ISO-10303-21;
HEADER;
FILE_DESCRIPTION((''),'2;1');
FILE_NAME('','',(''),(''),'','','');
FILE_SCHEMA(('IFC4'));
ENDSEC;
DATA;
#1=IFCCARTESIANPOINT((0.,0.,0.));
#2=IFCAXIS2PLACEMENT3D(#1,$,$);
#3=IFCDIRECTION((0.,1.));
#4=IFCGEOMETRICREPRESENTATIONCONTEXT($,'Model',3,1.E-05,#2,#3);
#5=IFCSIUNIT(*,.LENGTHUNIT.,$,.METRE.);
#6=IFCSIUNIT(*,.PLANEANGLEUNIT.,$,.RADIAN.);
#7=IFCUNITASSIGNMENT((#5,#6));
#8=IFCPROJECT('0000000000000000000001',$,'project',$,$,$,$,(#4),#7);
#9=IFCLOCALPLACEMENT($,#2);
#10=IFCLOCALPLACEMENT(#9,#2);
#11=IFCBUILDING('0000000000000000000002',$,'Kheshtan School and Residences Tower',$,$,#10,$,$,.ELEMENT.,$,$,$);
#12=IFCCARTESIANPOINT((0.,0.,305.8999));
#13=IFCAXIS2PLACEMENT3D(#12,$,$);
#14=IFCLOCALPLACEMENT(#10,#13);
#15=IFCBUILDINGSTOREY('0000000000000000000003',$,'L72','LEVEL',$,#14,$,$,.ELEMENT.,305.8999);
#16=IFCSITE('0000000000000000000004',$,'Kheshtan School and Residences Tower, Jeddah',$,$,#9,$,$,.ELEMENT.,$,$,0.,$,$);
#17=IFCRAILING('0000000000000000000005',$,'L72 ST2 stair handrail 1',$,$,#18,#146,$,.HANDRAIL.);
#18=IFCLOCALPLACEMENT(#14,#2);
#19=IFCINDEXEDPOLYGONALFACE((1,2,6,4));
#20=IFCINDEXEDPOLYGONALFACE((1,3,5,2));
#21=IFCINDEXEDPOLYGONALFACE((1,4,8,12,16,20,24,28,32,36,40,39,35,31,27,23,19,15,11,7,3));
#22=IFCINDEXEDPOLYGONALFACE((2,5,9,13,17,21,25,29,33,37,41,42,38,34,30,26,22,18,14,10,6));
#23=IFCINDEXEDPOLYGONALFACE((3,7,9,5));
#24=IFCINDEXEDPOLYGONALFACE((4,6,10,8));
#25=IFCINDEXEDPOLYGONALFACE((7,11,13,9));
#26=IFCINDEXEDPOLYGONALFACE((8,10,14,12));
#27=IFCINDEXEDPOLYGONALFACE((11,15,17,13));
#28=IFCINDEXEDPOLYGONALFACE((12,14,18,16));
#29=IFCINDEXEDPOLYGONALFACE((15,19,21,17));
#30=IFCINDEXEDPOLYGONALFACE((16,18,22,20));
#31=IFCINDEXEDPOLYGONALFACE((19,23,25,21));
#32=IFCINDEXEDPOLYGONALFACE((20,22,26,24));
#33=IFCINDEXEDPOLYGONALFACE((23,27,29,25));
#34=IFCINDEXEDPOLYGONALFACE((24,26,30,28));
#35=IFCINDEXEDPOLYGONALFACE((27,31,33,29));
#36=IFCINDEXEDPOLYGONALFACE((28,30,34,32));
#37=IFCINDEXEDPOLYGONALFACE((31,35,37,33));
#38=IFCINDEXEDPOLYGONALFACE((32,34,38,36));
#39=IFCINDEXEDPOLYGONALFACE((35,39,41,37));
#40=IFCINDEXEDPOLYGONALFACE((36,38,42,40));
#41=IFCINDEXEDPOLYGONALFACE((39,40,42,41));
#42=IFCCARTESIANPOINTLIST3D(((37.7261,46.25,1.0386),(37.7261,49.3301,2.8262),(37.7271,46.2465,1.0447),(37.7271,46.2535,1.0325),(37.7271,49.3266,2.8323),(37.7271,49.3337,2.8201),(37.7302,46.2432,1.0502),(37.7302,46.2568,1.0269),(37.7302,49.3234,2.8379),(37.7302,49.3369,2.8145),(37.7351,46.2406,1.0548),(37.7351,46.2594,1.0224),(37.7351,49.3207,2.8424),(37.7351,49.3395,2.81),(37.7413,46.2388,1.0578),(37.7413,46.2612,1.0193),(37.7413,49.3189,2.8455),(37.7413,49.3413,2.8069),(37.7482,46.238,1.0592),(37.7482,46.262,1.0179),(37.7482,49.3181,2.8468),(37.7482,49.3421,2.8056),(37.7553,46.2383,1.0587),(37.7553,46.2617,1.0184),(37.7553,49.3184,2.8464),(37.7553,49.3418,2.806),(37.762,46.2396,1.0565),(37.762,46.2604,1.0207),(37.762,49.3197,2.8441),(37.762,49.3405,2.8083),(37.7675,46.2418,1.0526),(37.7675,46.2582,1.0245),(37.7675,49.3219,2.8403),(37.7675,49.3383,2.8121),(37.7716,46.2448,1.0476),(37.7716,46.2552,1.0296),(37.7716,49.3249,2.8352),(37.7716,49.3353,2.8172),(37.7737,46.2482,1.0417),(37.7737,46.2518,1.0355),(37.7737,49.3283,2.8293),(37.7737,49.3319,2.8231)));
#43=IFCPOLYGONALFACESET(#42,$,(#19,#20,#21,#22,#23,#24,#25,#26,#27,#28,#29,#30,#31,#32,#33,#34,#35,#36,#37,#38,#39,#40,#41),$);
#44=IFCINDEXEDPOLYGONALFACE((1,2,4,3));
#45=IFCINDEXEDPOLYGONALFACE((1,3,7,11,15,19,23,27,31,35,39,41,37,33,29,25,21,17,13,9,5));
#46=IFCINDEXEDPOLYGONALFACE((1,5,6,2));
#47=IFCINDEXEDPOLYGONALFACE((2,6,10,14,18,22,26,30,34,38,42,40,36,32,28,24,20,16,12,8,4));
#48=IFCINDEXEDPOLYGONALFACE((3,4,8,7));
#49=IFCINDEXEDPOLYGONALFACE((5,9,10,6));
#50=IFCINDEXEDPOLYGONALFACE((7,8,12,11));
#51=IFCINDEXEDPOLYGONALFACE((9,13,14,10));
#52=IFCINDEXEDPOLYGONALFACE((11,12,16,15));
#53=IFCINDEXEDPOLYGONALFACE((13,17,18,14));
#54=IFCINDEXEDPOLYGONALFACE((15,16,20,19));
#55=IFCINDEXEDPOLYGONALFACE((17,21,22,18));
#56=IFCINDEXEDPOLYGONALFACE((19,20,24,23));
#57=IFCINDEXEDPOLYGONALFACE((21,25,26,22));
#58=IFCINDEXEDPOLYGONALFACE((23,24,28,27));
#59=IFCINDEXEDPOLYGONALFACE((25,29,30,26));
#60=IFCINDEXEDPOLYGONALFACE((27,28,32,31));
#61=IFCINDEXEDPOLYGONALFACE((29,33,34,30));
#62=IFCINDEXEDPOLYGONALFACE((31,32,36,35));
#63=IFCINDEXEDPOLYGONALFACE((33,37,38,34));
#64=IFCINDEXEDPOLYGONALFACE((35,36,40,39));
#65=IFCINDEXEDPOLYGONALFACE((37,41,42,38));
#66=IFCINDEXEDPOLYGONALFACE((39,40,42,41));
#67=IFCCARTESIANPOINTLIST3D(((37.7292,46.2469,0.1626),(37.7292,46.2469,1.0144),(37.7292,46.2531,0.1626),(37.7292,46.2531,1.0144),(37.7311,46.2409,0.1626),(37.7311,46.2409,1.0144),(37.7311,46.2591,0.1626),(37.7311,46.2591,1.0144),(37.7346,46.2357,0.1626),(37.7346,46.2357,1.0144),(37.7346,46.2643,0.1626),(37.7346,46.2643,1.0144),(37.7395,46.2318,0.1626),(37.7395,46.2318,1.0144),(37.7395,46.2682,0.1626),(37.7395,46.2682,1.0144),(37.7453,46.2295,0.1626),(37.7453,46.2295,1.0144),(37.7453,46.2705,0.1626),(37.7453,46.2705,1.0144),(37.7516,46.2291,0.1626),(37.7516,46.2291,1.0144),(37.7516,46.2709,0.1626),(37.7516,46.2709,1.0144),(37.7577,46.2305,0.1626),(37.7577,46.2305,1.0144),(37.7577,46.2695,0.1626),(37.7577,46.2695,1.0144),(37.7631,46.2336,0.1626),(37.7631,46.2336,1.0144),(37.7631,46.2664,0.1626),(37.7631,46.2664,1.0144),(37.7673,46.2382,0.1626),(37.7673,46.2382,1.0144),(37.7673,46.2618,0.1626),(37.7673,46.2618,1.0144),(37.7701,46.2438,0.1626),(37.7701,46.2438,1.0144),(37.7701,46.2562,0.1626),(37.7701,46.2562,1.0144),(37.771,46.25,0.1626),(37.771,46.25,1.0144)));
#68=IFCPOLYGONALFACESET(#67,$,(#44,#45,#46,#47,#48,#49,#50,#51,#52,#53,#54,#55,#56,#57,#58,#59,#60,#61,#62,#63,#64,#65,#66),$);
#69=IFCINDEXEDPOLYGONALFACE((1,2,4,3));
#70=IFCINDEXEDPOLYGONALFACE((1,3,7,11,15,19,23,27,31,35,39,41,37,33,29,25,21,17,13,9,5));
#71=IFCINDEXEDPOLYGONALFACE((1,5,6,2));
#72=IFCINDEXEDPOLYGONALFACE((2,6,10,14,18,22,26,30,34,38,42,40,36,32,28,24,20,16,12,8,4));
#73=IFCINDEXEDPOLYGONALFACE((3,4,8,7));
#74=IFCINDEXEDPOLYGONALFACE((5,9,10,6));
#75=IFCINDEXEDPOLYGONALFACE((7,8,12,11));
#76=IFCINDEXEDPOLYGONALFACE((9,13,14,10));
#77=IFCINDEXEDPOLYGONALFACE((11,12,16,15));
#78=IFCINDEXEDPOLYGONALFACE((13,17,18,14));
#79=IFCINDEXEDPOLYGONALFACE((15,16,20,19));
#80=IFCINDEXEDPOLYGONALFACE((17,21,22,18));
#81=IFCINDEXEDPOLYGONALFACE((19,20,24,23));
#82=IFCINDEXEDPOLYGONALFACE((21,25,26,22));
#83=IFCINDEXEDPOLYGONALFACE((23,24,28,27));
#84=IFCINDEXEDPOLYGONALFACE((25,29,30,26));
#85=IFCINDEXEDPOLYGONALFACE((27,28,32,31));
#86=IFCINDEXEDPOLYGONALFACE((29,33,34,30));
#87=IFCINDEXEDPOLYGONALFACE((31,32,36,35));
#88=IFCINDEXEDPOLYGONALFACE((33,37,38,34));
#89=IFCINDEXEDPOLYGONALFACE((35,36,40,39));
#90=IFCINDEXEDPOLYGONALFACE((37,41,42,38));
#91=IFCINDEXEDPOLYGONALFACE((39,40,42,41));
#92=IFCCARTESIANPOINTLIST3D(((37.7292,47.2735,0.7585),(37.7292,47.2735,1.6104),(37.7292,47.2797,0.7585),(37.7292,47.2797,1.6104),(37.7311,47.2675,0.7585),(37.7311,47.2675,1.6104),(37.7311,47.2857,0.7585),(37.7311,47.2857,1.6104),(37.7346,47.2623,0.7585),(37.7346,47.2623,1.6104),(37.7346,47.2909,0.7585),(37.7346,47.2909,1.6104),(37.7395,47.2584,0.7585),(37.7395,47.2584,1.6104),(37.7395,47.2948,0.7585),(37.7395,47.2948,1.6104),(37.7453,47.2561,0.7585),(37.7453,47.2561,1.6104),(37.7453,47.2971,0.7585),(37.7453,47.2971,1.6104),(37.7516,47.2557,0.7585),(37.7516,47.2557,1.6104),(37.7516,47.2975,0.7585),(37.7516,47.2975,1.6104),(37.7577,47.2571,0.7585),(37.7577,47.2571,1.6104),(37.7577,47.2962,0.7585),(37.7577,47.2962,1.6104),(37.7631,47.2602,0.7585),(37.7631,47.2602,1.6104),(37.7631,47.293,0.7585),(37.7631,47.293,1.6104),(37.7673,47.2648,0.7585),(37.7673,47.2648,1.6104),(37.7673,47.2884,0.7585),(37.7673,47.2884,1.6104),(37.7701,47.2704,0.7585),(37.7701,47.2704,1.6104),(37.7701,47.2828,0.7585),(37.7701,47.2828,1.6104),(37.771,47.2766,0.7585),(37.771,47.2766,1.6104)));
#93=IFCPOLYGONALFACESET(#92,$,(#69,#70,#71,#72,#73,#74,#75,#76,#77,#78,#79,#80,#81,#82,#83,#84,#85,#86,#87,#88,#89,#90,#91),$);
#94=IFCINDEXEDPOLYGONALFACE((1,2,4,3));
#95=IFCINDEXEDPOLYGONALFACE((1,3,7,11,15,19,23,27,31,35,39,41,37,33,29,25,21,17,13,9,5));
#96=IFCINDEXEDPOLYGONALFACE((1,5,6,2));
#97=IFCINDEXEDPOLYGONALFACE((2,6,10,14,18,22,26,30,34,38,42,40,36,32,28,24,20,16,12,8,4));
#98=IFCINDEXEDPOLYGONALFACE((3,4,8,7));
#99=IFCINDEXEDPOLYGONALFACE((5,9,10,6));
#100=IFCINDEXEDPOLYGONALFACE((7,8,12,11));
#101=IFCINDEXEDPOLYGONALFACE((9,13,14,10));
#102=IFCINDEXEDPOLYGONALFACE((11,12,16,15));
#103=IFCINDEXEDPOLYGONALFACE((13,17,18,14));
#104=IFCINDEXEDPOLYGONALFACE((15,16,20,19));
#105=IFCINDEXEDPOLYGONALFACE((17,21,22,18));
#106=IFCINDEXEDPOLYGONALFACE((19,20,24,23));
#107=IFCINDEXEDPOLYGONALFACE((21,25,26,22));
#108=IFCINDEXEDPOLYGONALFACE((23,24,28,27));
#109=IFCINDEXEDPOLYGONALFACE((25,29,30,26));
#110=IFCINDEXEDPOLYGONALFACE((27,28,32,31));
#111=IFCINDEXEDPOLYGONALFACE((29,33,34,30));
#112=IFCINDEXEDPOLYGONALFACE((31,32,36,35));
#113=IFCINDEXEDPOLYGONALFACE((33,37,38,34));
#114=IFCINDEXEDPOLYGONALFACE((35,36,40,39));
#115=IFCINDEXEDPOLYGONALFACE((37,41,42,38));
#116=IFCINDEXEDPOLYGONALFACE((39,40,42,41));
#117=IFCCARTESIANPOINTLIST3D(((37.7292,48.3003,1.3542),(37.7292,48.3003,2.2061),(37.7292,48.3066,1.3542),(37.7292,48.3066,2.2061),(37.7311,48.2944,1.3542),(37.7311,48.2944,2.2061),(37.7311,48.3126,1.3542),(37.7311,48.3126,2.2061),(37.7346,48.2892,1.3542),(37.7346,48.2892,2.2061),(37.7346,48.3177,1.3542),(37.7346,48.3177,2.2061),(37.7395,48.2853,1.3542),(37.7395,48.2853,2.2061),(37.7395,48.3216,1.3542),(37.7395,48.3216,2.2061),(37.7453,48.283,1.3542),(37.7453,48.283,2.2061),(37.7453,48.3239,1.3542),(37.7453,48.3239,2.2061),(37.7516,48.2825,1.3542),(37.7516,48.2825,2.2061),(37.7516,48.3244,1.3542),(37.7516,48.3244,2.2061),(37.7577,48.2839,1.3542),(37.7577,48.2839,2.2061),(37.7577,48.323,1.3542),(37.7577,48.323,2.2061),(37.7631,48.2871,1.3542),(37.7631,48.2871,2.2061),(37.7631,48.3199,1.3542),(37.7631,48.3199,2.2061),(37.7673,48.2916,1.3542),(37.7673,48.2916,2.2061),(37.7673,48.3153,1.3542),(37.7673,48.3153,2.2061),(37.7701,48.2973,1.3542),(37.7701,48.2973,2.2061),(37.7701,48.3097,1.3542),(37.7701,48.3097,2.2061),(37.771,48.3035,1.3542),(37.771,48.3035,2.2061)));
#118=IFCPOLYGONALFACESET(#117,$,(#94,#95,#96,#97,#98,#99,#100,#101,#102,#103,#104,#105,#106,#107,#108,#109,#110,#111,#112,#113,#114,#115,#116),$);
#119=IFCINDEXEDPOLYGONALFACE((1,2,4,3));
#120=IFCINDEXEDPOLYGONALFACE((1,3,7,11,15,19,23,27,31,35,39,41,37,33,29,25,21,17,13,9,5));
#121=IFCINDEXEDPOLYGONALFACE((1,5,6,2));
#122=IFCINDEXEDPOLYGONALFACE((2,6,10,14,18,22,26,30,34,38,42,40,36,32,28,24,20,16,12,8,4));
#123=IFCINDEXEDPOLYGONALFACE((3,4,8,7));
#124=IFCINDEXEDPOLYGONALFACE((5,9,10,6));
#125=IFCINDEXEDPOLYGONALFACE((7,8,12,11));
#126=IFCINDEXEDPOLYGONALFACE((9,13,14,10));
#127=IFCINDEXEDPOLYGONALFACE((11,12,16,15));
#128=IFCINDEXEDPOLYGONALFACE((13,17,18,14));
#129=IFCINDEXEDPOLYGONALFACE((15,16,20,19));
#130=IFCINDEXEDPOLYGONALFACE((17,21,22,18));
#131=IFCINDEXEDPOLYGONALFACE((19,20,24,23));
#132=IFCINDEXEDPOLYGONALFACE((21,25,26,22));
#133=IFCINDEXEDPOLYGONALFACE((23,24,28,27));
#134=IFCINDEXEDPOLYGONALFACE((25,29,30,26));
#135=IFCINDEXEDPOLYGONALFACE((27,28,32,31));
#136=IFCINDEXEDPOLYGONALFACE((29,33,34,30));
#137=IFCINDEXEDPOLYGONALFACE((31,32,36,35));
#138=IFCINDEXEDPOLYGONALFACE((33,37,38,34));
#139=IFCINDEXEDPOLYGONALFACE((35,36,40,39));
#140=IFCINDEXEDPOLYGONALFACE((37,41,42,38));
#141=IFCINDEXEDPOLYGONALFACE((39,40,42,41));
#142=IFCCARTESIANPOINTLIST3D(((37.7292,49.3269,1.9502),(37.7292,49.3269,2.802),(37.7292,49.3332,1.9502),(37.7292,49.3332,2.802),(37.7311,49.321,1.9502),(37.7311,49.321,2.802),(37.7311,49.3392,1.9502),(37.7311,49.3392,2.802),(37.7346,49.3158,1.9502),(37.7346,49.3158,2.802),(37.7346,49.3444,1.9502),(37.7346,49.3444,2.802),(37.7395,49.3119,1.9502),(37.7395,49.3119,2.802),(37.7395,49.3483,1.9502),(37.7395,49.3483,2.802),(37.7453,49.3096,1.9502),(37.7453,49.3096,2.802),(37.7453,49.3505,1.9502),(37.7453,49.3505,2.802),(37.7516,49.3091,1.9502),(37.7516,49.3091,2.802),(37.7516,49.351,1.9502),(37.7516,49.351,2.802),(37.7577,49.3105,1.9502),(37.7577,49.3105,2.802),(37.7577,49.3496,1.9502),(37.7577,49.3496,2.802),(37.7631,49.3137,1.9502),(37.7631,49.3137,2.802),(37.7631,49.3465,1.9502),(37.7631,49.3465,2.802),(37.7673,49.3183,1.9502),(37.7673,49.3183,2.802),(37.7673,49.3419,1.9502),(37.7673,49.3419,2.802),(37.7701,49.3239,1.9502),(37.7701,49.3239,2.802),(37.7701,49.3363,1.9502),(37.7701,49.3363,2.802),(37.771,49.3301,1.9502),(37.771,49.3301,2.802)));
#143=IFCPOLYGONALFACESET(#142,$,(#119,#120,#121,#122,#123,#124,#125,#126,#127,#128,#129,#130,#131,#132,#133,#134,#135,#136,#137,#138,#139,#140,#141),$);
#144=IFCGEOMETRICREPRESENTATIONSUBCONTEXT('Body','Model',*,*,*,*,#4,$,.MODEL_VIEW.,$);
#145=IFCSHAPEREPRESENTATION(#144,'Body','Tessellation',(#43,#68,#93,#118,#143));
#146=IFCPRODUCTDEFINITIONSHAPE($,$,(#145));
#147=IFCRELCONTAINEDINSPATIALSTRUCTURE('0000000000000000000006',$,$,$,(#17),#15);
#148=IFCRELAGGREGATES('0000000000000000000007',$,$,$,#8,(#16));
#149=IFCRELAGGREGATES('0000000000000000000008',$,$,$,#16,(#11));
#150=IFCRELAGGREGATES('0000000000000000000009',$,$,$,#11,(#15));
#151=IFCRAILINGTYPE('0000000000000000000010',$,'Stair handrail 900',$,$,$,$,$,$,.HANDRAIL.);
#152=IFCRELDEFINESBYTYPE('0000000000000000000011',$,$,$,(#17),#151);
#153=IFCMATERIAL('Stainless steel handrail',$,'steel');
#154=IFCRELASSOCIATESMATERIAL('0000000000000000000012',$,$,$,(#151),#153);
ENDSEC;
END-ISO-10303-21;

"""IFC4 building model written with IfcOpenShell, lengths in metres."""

from ifc_helpers import new_model, si_unit, direction, frame, origin, origin_2d, place, context, subcontext, project, spatial, circle, extrude, material, type_object, element, save


model = new_model("IFC4")

# Units and contexts
model_context = context("Model", 3, precision=1e-05, world=origin(), true_north=direction((0.0, 1.0)))
body_context = subcontext(model_context, "Body", "Model", "MODEL_VIEW")
ifc_project = project(units=[si_unit("LENGTHUNIT", "METRE"), si_unit("PLANEANGLEUNIT", "RADIAN")], contexts=[model_context])

# Site, building, storey
site_placement = place(None, origin())
site = spatial("IfcSite", under=ifc_project, at=site_placement, Name="Kheshtan School and Residences Tower, Jeddah", CompositionType="ELEMENT", RefElevation=0.0)
building_placement = place(site_placement, origin())
building = spatial("IfcBuilding", under=site, at=building_placement, Name="Kheshtan School and Residences Tower", CompositionType="ELEMENT")
storey_placement = place(building_placement, frame((0.0, 0.0, 305.8999)))
storey = spatial("IfcBuildingStorey", under=building, at=storey_placement, Name="L72", Description="LEVEL", CompositionType="ELEMENT", Elevation=305.8999)

# Railing
ifc_material_1 = material(Name="Stainless steel handrail", Category="steel")
railing_type = type_object("IfcRailingType", Name="Stair handrail 900", PredefinedType="HANDRAIL", material=ifc_material_1)
railing_1_placement = place(storey_placement, frame((37.75, 46.25, 0.1626)))
element("IfcRailing", 1, at=railing_1_placement, inside=storey, type_object=railing_type, Name="L72 ST2 stair handrail 1", PredefinedType="HANDRAIL", context=body_context, shape_type="SweptSolid", body=[
    extrude(circle(Radius=0.0239, at=origin_2d()), frame((0.0, 0.0, 0.876), z_axis=(0.0, 0.864891, 0.50196), x_axis=(-1.0, 0.0, 0.0)), (0.0, 0.0, 1.0), 3.5613),
    extrude(circle(Radius=0.021, at=origin_2d()), origin(), (0.0, 0.0, 1.0), 0.8518),
    extrude(circle(Radius=0.021, at=origin_2d()), frame((0.0, 1.0266, 0.5959)), (0.0, 0.0, 1.0), 0.8518),
    extrude(circle(Radius=0.021, at=origin_2d()), frame((0.0, 2.0535, 1.1917)), (0.0, 0.0, 1.0), 0.8518),
    extrude(circle(Radius=0.021, at=origin_2d()), frame((0.0, 3.0801, 1.7876)), (0.0, 0.0, 1.0), 0.8518),
])

save(model, "model.ifc")
